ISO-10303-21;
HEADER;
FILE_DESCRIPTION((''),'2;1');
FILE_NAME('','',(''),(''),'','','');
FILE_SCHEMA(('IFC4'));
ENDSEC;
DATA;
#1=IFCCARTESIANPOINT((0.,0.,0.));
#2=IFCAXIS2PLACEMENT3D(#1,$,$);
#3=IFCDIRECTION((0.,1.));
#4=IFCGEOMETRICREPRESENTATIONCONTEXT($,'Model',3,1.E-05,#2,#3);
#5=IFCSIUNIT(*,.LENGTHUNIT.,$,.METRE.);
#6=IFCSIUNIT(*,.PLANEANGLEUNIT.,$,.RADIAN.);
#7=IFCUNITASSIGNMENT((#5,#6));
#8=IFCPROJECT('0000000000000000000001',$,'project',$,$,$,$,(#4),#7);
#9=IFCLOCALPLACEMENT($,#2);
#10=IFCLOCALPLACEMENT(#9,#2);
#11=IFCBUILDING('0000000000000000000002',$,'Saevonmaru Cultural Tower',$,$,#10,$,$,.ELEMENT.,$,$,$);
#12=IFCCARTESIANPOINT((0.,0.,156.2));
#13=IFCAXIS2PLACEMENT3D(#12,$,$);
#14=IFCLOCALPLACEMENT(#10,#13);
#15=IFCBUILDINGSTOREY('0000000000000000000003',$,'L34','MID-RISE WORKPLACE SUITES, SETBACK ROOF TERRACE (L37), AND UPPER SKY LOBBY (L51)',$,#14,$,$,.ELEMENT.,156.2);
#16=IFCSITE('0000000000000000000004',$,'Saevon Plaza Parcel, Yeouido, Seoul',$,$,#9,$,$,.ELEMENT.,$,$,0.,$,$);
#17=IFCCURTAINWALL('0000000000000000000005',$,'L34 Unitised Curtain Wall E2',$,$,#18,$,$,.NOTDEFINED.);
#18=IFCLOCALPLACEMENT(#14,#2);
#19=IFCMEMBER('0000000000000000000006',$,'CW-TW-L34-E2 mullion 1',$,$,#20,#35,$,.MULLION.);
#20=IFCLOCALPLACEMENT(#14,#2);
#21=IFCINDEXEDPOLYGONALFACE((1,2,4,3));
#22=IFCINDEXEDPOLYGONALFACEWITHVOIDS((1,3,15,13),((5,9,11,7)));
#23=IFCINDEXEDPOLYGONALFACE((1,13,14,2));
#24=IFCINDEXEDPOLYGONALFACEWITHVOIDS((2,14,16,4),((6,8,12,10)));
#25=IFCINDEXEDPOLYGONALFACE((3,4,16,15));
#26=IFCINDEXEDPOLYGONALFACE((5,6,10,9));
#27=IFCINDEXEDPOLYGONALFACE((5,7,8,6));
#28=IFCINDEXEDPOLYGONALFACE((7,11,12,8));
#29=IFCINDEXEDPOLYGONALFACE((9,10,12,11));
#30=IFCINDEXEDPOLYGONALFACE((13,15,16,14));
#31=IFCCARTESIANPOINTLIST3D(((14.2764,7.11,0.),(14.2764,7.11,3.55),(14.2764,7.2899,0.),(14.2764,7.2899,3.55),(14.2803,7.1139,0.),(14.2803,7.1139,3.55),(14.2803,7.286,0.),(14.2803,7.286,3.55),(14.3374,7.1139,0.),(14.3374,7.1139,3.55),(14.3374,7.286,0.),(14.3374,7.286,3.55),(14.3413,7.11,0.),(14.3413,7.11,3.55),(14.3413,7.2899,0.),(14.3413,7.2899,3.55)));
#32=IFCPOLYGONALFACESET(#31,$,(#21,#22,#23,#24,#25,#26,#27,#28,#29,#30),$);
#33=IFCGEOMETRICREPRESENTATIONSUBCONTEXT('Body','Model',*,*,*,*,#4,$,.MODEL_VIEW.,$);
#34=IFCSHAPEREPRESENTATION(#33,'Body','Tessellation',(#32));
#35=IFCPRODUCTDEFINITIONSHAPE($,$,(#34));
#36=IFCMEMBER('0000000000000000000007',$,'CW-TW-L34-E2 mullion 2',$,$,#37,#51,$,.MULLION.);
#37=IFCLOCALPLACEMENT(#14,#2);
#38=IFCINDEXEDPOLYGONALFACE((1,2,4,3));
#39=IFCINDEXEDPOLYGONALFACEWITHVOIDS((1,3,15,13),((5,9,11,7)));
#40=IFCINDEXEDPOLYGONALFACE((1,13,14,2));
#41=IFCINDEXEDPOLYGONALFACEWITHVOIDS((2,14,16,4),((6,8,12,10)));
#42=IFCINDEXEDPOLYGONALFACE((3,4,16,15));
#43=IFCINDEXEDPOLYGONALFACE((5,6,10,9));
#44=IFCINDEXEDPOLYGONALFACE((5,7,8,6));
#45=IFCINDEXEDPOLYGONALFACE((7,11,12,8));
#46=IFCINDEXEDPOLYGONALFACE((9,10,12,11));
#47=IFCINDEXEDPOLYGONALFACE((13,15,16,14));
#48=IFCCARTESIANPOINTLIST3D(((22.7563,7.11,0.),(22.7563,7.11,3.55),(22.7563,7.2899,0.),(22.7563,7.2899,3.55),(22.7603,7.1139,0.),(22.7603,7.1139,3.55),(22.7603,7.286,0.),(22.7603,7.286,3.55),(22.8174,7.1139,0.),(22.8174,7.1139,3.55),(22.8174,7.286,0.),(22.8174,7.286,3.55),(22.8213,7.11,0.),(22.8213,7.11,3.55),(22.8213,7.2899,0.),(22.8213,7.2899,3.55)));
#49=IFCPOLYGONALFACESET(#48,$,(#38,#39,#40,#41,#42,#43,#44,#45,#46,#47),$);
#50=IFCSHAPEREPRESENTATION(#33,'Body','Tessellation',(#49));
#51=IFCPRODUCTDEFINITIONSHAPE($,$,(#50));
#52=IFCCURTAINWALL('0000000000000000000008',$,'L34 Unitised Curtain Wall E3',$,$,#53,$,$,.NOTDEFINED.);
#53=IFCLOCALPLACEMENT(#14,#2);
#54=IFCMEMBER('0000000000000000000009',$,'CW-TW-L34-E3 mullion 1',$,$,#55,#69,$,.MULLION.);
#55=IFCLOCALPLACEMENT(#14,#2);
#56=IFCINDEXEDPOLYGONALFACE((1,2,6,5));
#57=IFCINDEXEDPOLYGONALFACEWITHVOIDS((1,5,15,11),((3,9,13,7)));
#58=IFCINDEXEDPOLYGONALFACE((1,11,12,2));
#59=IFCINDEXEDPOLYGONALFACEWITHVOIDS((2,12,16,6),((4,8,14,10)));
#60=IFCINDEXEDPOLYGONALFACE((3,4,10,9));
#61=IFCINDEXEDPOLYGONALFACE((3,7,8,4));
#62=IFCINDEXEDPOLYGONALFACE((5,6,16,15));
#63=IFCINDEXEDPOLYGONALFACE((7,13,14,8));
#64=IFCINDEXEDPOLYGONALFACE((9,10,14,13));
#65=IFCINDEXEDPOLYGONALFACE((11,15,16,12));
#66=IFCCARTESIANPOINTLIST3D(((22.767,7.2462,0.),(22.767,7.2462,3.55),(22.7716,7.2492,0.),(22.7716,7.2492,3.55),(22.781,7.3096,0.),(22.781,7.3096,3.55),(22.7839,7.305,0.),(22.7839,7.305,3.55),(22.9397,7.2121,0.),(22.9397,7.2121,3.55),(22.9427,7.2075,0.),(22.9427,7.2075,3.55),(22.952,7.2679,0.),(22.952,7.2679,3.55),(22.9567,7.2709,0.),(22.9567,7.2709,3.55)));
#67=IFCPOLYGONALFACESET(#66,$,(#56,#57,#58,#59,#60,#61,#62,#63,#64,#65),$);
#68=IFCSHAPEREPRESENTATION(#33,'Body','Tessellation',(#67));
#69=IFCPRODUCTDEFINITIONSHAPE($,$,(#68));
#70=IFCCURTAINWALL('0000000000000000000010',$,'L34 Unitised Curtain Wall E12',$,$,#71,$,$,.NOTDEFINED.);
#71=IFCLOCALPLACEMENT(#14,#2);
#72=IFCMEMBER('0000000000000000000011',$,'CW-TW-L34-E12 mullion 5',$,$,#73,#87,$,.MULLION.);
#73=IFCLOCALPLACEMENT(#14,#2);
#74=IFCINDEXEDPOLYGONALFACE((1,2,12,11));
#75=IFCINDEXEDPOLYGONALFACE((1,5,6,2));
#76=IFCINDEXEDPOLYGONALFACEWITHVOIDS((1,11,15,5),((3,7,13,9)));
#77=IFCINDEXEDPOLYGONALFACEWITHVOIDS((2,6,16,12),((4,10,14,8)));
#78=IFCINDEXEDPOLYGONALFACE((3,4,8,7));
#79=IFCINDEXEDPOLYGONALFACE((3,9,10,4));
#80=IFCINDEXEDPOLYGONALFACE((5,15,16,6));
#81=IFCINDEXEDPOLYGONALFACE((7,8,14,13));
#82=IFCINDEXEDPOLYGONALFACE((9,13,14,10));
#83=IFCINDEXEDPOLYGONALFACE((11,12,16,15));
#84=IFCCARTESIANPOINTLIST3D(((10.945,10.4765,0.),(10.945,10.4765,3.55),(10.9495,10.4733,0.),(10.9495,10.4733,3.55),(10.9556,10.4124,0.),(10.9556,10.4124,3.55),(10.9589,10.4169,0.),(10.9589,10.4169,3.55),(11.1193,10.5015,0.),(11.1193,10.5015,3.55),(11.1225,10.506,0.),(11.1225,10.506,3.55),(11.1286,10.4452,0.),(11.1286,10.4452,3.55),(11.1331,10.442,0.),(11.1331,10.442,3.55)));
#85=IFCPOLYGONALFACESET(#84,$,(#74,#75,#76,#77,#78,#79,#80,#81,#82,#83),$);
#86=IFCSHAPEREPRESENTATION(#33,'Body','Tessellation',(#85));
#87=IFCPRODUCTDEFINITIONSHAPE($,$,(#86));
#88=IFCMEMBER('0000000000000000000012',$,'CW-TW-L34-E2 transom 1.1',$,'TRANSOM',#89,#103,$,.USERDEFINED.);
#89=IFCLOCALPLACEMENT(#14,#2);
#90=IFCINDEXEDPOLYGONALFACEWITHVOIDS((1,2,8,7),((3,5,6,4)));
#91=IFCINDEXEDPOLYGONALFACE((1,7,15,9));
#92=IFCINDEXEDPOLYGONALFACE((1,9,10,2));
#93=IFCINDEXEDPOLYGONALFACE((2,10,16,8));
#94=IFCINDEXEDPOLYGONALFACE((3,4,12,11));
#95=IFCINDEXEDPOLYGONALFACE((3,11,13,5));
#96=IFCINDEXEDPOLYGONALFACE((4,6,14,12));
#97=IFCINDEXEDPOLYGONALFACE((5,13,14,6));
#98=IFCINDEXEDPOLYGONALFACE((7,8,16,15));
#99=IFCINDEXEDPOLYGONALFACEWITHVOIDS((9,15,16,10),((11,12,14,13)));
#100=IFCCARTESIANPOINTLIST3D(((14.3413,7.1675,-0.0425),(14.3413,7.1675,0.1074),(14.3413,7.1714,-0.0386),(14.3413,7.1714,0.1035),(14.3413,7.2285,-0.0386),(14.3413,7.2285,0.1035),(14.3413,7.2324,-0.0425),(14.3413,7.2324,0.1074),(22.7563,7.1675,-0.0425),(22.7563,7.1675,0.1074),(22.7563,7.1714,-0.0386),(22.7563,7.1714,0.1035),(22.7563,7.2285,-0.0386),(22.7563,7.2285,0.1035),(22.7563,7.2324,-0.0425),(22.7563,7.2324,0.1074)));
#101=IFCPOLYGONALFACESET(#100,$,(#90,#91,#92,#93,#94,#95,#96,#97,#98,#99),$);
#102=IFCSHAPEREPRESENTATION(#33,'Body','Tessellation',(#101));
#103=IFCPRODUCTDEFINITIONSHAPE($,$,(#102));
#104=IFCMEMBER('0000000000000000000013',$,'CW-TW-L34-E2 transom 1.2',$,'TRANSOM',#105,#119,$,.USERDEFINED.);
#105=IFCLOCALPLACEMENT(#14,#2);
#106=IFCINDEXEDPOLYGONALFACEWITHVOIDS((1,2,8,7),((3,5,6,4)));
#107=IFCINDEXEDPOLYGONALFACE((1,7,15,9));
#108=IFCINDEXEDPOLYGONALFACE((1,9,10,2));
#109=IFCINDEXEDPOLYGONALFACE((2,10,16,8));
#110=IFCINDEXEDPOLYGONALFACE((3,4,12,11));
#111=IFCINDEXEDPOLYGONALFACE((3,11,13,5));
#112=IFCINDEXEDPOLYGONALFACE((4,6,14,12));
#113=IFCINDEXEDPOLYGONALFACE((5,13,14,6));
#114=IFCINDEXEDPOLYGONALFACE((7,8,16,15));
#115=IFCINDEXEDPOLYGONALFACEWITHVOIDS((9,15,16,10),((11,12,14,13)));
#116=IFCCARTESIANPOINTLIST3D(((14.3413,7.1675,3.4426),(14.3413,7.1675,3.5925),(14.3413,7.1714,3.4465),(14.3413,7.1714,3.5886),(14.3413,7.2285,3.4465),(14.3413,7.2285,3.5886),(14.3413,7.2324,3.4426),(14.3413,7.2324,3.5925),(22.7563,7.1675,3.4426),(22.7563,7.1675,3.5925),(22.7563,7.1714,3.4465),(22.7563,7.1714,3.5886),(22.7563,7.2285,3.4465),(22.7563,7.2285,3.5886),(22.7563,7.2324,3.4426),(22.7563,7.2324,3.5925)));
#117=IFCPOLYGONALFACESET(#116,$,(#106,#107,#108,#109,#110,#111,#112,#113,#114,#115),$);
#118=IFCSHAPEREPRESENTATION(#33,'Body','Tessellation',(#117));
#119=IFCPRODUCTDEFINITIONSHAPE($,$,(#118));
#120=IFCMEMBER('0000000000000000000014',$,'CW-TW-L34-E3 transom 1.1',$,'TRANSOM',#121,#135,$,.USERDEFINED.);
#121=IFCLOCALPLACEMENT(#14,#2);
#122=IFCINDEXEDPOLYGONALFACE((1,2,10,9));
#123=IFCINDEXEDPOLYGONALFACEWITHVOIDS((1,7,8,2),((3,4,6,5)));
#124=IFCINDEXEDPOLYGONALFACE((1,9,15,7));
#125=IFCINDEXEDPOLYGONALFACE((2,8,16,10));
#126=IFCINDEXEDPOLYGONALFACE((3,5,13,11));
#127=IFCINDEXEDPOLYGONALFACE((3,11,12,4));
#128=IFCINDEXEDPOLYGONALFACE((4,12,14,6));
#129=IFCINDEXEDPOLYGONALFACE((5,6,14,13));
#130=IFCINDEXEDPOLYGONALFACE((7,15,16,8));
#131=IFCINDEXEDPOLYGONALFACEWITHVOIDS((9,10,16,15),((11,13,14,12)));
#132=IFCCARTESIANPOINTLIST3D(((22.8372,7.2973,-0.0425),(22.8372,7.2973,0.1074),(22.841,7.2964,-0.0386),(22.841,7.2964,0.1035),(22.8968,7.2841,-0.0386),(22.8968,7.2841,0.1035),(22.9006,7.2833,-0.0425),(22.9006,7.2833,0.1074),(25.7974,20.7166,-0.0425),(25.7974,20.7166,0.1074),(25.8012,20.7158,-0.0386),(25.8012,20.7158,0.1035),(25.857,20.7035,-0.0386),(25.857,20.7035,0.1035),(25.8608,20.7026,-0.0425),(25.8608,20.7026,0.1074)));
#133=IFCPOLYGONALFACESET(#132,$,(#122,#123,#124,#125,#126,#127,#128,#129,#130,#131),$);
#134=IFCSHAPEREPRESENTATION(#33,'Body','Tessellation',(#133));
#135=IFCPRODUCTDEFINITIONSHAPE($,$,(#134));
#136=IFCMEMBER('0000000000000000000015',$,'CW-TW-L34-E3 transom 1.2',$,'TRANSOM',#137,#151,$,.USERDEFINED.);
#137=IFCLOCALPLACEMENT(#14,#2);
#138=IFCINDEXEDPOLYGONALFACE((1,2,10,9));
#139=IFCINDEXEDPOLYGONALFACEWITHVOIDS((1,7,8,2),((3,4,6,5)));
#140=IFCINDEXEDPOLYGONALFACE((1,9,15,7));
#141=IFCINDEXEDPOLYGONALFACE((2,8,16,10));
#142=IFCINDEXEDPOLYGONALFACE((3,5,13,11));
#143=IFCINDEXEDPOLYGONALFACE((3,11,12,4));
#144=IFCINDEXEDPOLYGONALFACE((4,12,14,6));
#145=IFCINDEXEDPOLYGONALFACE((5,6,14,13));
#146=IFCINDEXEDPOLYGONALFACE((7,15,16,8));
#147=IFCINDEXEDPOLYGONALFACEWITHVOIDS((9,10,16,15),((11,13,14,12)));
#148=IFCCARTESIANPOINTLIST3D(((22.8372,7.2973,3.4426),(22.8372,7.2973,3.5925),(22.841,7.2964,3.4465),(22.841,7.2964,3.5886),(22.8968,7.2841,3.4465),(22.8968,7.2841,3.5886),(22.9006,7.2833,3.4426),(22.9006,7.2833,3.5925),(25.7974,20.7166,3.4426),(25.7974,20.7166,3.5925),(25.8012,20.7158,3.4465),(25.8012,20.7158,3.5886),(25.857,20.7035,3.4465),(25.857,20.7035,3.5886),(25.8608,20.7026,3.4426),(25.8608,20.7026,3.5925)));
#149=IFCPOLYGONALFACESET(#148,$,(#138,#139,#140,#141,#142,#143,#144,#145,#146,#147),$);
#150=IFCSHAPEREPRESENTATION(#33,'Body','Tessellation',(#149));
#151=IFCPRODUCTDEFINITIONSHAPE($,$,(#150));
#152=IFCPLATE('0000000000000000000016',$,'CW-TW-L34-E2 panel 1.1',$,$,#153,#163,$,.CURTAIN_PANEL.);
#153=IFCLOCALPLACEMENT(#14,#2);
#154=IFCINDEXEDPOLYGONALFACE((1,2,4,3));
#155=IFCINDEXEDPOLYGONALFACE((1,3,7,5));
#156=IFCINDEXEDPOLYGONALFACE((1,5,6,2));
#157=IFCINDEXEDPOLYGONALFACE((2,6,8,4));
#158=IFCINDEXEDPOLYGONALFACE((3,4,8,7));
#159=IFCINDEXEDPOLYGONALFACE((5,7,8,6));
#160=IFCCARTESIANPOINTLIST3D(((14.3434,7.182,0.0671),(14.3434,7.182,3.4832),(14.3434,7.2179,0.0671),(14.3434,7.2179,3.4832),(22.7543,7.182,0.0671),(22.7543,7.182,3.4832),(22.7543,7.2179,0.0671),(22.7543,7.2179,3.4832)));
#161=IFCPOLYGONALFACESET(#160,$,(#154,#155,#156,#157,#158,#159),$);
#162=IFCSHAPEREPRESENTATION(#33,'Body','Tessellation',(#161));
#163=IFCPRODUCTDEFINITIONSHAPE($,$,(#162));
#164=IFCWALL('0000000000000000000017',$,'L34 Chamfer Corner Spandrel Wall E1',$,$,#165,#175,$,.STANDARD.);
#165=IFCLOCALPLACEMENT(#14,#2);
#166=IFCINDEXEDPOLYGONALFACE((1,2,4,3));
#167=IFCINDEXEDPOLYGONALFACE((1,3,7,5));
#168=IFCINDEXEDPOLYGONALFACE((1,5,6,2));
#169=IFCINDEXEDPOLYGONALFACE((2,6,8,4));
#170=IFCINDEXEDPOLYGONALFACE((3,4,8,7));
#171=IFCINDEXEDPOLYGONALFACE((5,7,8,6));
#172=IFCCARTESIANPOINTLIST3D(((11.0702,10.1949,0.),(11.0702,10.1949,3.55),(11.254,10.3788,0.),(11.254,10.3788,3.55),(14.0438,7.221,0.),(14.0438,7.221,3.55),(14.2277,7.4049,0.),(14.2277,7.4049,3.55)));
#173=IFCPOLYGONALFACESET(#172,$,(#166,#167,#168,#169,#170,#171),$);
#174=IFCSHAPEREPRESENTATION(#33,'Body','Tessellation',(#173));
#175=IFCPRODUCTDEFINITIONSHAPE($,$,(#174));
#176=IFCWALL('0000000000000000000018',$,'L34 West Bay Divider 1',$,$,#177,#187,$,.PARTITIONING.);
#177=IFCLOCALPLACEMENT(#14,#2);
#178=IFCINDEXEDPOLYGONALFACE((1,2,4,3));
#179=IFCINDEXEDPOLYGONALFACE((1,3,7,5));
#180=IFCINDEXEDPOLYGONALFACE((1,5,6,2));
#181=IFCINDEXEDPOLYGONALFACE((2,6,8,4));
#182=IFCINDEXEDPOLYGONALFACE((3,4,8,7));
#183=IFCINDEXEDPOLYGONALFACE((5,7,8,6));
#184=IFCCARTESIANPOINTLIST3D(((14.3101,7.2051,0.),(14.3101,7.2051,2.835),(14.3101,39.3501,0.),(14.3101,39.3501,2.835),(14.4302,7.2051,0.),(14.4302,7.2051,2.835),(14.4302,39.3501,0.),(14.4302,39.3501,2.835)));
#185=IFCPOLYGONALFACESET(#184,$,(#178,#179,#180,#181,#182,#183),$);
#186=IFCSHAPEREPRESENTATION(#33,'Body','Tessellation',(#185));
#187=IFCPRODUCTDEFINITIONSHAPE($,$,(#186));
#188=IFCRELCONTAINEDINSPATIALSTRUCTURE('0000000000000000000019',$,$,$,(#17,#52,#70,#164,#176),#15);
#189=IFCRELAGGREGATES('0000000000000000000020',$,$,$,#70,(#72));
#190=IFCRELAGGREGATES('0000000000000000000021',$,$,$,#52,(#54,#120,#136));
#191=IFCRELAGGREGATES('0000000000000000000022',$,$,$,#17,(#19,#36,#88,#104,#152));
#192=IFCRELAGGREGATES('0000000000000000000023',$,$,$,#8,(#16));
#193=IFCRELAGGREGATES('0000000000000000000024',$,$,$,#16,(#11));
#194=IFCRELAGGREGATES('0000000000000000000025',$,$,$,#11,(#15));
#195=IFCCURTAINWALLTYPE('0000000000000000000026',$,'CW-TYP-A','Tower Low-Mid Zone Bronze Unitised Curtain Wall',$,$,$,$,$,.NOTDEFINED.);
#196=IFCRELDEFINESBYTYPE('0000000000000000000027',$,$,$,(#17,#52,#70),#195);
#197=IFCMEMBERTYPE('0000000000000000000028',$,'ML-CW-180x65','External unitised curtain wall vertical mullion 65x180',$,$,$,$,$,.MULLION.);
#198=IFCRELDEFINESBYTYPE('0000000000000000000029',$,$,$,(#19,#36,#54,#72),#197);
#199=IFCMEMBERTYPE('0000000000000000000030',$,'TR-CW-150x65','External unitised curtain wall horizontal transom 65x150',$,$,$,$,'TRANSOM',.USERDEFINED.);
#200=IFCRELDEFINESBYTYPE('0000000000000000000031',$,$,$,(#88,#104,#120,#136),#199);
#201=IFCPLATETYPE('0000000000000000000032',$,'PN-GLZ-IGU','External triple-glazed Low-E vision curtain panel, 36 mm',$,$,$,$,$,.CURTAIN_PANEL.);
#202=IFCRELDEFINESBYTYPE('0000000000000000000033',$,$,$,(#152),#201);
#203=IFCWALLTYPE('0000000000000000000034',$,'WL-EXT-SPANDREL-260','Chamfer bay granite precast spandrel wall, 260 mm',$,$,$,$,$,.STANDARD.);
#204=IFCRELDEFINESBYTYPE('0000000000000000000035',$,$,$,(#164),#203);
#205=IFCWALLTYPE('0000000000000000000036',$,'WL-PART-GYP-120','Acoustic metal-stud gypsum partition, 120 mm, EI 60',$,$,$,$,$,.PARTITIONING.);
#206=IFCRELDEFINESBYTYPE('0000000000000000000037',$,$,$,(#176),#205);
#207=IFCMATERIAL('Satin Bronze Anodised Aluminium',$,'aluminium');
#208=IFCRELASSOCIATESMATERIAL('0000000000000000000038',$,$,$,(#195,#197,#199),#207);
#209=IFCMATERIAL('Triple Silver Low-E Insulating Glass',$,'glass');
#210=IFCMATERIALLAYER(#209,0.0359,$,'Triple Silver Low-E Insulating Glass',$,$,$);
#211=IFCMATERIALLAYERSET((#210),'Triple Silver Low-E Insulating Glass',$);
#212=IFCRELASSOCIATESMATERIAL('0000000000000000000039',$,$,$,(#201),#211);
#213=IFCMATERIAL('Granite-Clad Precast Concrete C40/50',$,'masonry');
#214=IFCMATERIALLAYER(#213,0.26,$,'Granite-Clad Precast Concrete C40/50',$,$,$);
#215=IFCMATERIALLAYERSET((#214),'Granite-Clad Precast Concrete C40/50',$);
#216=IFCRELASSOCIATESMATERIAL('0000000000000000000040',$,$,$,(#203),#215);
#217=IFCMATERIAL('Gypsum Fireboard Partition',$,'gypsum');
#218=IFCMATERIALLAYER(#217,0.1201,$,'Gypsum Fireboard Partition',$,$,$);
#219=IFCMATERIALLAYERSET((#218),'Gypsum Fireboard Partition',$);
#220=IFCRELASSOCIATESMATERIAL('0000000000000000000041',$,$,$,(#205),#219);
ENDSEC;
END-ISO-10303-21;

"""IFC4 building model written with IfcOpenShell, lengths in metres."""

from ifc_helpers import new_model, si_unit, direction, frame, frame_2d, origin, origin_2d, place, context, subcontext, project, spatial, rectangle, hollow_rectangle, extrude, material, layer, layer_set, material_profile, profile_set, type_object, element, aggregate, save


model = new_model("IFC4")

# Units and contexts
model_context = context("Model", 3, precision=1e-05, world=origin(), true_north=direction((0.0, 1.0)))
body_context = subcontext(model_context, "Body", "Model", "MODEL_VIEW")
ifc_project = project(units=[si_unit("LENGTHUNIT", "METRE"), si_unit("PLANEANGLEUNIT", "RADIAN")], contexts=[model_context])

# Site, building, storey
site_placement = place(None, origin())
site = spatial("IfcSite", under=ifc_project, at=site_placement, Name="Saevon Plaza Parcel, Yeouido, Seoul", CompositionType="ELEMENT", RefElevation=0.0)
building_placement = place(site_placement, origin())
building = spatial("IfcBuilding", under=site, at=building_placement, Name="Saevonmaru Cultural Tower", CompositionType="ELEMENT")
storey_placement = place(building_placement, frame((0.0, 0.0, 156.2)))
storey = spatial("IfcBuildingStorey", under=building, at=storey_placement, Name="L34", Description="MID-RISE WORKPLACE SUITES, SETBACK ROOF TERRACE (L37), AND UPPER SKY LOBBY (L51)", CompositionType="ELEMENT", Elevation=156.2)

# Curtain wall, members
ifc_material_1 = material(Name="Satin Bronze Anodised Aluminium", Category="aluminium")
curtain_wall_type = type_object("IfcCurtainWallType", Name="CW-TYP-A", Description="Tower Low-Mid Zone Bronze Unitised Curtain Wall", PredefinedType="NOTDEFINED", material=ifc_material_1)
curtain_wall_1_placement = place(storey_placement, origin())
curtain_wall_1 = element("IfcCurtainWall", 1, at=curtain_wall_1_placement, inside=storey, type_object=curtain_wall_type, Name="L34 Unitised Curtain Wall E2", PredefinedType="NOTDEFINED")
ifc_material_profile_1 = material_profile(ifc_material_1, hollow_rectangle(XDim=0.0649, YDim=0.1799, WallThickness=0.0039, at=origin_2d()), Name="ALU-MULL-180x65x4")
ifc_profile_set_1 = profile_set([ifc_material_profile_1], Name="Satin Bronze Anodised Aluminium")
member_type_1 = type_object("IfcMemberType", Name="ML-CW-180x65", Description="External unitised curtain wall vertical mullion 65x180", PredefinedType="MULLION", material=ifc_profile_set_1)
member_1_placement = place(storey_placement, frame((14.3088, 7.2, 0.0), z_axis=(0.0, 0.0, 1.0), x_axis=(1.0, 0.0, 0.0)))
member_1 = element("IfcMember", 2, at=member_1_placement, type_object=member_type_1, Name="CW-TW-L34-E2 mullion 1", PredefinedType="MULLION", context=body_context, shape_type="SweptSolid", body=[
    extrude(hollow_rectangle(XDim=0.0649, YDim=0.1799, WallThickness=0.0039, at=origin_2d()), origin(), (0.0, 0.0, 1.0), 3.55),
])
member_2_placement = place(storey_placement, frame((22.7888, 7.2, 0.0), z_axis=(0.0, 0.0, 1.0), x_axis=(1.0, 0.0, 0.0)))
member_2 = element("IfcMember", 3, at=member_2_placement, type_object=member_type_1, Name="CW-TW-L34-E2 mullion 2", PredefinedType="MULLION", context=body_context, shape_type="SweptSolid", body=[
    extrude(hollow_rectangle(XDim=0.0649, YDim=0.1799, WallThickness=0.0039, at=origin_2d()), origin(), (0.0, 0.0, 1.0), 3.55),
])

# Curtain walls, members
curtain_wall_2_placement = place(storey_placement, origin())
curtain_wall_2 = element("IfcCurtainWall", 4, at=curtain_wall_2_placement, inside=storey, type_object=curtain_wall_type, Name="L34 Unitised Curtain Wall E3", PredefinedType="NOTDEFINED")
member_3_placement = place(storey_placement, frame((22.8618, 7.2585, 0.0), z_axis=(0.0, 0.0, 1.0), x_axis=(0.215413, 0.976523, 0.0)))
member_3 = element("IfcMember", 5, at=member_3_placement, type_object=member_type_1, Name="CW-TW-L34-E3 mullion 1", PredefinedType="MULLION", context=body_context, shape_type="SweptSolid", body=[
    extrude(hollow_rectangle(XDim=0.0649, YDim=0.1799, WallThickness=0.0039, at=origin_2d()), origin(), (0.0, 0.0, 1.0), 3.55),
])
curtain_wall_3_placement = place(storey_placement, origin())
curtain_wall_3 = element("IfcCurtainWall", 6, at=curtain_wall_3_placement, inside=storey, type_object=curtain_wall_type, Name="L34 Unitised Curtain Wall E12", PredefinedType="NOTDEFINED")
member_4_placement = place(storey_placement, frame((11.0391, 10.4592, 0.0), z_axis=(0.0, 0.0, 1.0), x_axis=(0.163999, -0.986461, 0.0)))
member_4 = element("IfcMember", 7, at=member_4_placement, type_object=member_type_1, Name="CW-TW-L34-E12 mullion 5", PredefinedType="MULLION", context=body_context, shape_type="SweptSolid", body=[
    extrude(hollow_rectangle(XDim=0.0649, YDim=0.1799, WallThickness=0.0039, at=origin_2d()), origin(), (0.0, 0.0, 1.0), 3.55),
])
aggregate(curtain_wall_3, [member_4])

# Members
ifc_material_profile_2 = material_profile(ifc_material_1, hollow_rectangle(XDim=0.0649, YDim=0.1499, WallThickness=0.0039, at=origin_2d()), Name="ALU-TRAN-150x65x4")
ifc_profile_set_2 = profile_set([ifc_material_profile_2], Name="Satin Bronze Anodised Aluminium")
member_type_2 = type_object("IfcMemberType", Name="TR-CW-150x65", Description="External unitised curtain wall horizontal transom 65x150", ElementType="TRANSOM", PredefinedType="USERDEFINED", material=ifc_profile_set_2)
member_5_placement = place(storey_placement, frame((14.3413, 7.2, 0.0325), z_axis=(1.0, 0.0, 0.0), x_axis=(0.0, 1.0, 0.0)))
member_5 = element("IfcMember", 8, at=member_5_placement, type_object=member_type_2, Name="CW-TW-L34-E2 transom 1.1", ObjectType="TRANSOM", PredefinedType="USERDEFINED", context=body_context, shape_type="SweptSolid", body=[
    extrude(hollow_rectangle(XDim=0.0649, YDim=0.1499, WallThickness=0.0039, at=origin_2d()), origin(), (0.0, 0.0, 1.0), 8.415),
])
member_6_placement = place(storey_placement, frame((14.3413, 7.2, 3.5176), z_axis=(1.0, 0.0, 0.0), x_axis=(0.0, 1.0, 0.0)))
member_6 = element("IfcMember", 9, at=member_6_placement, type_object=member_type_2, Name="CW-TW-L34-E2 transom 1.2", ObjectType="TRANSOM", PredefinedType="USERDEFINED", context=body_context, shape_type="SweptSolid", body=[
    extrude(hollow_rectangle(XDim=0.0649, YDim=0.1499, WallThickness=0.0039, at=origin_2d()), origin(), (0.0, 0.0, 1.0), 8.415),
])
member_7_placement = place(storey_placement, frame((22.8689, 7.2903, 0.0325), z_axis=(0.215412, 0.976523, 0.0), x_axis=(-0.976523, 0.215412, 0.0)))
member_7 = element("IfcMember", 10, at=member_7_placement, type_object=member_type_2, Name="CW-TW-L34-E3 transom 1.1", ObjectType="TRANSOM", PredefinedType="USERDEFINED", context=body_context, shape_type="SweptSolid", body=[
    extrude(hollow_rectangle(XDim=0.0649, YDim=0.1499, WallThickness=0.0039, at=origin_2d()), origin(), (0.0, 0.0, 1.0), 13.7419),
])
member_8_placement = place(storey_placement, frame((22.8689, 7.2903, 3.5176), z_axis=(0.215412, 0.976523, 0.0), x_axis=(-0.976523, 0.215412, 0.0)))
member_8 = element("IfcMember", 11, at=member_8_placement, type_object=member_type_2, Name="CW-TW-L34-E3 transom 1.2", ObjectType="TRANSOM", PredefinedType="USERDEFINED", context=body_context, shape_type="SweptSolid", body=[
    extrude(hollow_rectangle(XDim=0.0649, YDim=0.1499, WallThickness=0.0039, at=origin_2d()), origin(), (0.0, 0.0, 1.0), 13.7419),
])
aggregate(curtain_wall_2, [member_3, member_7, member_8])

# Plate
ifc_material_2 = material(Name="Triple Silver Low-E Insulating Glass", Category="glass")
ifc_layer_1 = layer(ifc_material_2, 0.0359, Name="Triple Silver Low-E Insulating Glass")
ifc_layer_set_1 = layer_set([ifc_layer_1], Name="Triple Silver Low-E Insulating Glass")
plate_type = type_object("IfcPlateType", Name="PN-GLZ-IGU", Description="External triple-glazed Low-E vision curtain panel, 36 mm", PredefinedType="CURTAIN_PANEL", material=ifc_layer_set_1)
plate_placement = place(storey_placement, frame((18.5488, 7.2, 0.0671), z_axis=(0.0, 0.0, 1.0), x_axis=(1.0, 0.0, 0.0)))
plate = element("IfcPlate", 12, at=plate_placement, type_object=plate_type, Name="CW-TW-L34-E2 panel 1.1", PredefinedType="CURTAIN_PANEL", context=body_context, shape_type="SweptSolid", body=[
    extrude(rectangle(XDim=8.4109, YDim=0.0359, at=origin_2d()), origin(), (0.0, 0.0, 1.0), 3.416),
])
aggregate(curtain_wall_1, [member_1, member_2, member_5, member_6, plate])

# Walls
ifc_material_3 = material(Name="Granite-Clad Precast Concrete C40/50", Category="masonry")
ifc_layer_2 = layer(ifc_material_3, 0.26, Name="Granite-Clad Precast Concrete C40/50")
ifc_layer_set_2 = layer_set([ifc_layer_2], Name="Granite-Clad Precast Concrete C40/50")
wall_type_1 = type_object("IfcWallType", Name="WL-EXT-SPANDREL-260", Description="Chamfer bay granite precast spandrel wall, 260 mm", PredefinedType="STANDARD", material=ifc_layer_set_2)
wall_1_placement = place(storey_placement, frame((11.1621, 10.2869, 0.0), z_axis=(0.0, 0.0, 1.0), x_axis=(0.707078, -0.707136, 0.0)))
element("IfcWall", 13, at=wall_1_placement, inside=storey, type_object=wall_type_1, Name="L34 Chamfer Corner Spandrel Wall E1", PredefinedType="STANDARD", context=body_context, shape_type="SweptSolid", body=[
    extrude(rectangle(XDim=4.2056, YDim=0.26, at=frame_2d((2.1028, 0.0))), origin(), (0.0, 0.0, 1.0), 3.55),
])
ifc_material_4 = material(Name="Gypsum Fireboard Partition", Category="gypsum")
ifc_layer_3 = layer(ifc_material_4, 0.1201, Name="Gypsum Fireboard Partition")
ifc_layer_set_3 = layer_set([ifc_layer_3], Name="Gypsum Fireboard Partition")
wall_type_2 = type_object("IfcWallType", Name="WL-PART-GYP-120", Description="Acoustic metal-stud gypsum partition, 120 mm, EI 60", PredefinedType="PARTITIONING", material=ifc_layer_set_3)
wall_2_placement = place(storey_placement, frame((14.3701, 7.2051, 0.0), z_axis=(0.0, 0.0, 1.0), x_axis=(0.0, 1.0, 0.0)))
element("IfcWall", 14, at=wall_2_placement, inside=storey, type_object=wall_type_2, Name="L34 West Bay Divider 1", PredefinedType="PARTITIONING", context=body_context, shape_type="SweptSolid", body=[
    extrude(rectangle(XDim=32.145, YDim=0.1201, at=frame_2d((16.0725, 0.0))), origin(), (0.0, 0.0, 1.0), 2.835),
])

save(model, "model.ifc")
